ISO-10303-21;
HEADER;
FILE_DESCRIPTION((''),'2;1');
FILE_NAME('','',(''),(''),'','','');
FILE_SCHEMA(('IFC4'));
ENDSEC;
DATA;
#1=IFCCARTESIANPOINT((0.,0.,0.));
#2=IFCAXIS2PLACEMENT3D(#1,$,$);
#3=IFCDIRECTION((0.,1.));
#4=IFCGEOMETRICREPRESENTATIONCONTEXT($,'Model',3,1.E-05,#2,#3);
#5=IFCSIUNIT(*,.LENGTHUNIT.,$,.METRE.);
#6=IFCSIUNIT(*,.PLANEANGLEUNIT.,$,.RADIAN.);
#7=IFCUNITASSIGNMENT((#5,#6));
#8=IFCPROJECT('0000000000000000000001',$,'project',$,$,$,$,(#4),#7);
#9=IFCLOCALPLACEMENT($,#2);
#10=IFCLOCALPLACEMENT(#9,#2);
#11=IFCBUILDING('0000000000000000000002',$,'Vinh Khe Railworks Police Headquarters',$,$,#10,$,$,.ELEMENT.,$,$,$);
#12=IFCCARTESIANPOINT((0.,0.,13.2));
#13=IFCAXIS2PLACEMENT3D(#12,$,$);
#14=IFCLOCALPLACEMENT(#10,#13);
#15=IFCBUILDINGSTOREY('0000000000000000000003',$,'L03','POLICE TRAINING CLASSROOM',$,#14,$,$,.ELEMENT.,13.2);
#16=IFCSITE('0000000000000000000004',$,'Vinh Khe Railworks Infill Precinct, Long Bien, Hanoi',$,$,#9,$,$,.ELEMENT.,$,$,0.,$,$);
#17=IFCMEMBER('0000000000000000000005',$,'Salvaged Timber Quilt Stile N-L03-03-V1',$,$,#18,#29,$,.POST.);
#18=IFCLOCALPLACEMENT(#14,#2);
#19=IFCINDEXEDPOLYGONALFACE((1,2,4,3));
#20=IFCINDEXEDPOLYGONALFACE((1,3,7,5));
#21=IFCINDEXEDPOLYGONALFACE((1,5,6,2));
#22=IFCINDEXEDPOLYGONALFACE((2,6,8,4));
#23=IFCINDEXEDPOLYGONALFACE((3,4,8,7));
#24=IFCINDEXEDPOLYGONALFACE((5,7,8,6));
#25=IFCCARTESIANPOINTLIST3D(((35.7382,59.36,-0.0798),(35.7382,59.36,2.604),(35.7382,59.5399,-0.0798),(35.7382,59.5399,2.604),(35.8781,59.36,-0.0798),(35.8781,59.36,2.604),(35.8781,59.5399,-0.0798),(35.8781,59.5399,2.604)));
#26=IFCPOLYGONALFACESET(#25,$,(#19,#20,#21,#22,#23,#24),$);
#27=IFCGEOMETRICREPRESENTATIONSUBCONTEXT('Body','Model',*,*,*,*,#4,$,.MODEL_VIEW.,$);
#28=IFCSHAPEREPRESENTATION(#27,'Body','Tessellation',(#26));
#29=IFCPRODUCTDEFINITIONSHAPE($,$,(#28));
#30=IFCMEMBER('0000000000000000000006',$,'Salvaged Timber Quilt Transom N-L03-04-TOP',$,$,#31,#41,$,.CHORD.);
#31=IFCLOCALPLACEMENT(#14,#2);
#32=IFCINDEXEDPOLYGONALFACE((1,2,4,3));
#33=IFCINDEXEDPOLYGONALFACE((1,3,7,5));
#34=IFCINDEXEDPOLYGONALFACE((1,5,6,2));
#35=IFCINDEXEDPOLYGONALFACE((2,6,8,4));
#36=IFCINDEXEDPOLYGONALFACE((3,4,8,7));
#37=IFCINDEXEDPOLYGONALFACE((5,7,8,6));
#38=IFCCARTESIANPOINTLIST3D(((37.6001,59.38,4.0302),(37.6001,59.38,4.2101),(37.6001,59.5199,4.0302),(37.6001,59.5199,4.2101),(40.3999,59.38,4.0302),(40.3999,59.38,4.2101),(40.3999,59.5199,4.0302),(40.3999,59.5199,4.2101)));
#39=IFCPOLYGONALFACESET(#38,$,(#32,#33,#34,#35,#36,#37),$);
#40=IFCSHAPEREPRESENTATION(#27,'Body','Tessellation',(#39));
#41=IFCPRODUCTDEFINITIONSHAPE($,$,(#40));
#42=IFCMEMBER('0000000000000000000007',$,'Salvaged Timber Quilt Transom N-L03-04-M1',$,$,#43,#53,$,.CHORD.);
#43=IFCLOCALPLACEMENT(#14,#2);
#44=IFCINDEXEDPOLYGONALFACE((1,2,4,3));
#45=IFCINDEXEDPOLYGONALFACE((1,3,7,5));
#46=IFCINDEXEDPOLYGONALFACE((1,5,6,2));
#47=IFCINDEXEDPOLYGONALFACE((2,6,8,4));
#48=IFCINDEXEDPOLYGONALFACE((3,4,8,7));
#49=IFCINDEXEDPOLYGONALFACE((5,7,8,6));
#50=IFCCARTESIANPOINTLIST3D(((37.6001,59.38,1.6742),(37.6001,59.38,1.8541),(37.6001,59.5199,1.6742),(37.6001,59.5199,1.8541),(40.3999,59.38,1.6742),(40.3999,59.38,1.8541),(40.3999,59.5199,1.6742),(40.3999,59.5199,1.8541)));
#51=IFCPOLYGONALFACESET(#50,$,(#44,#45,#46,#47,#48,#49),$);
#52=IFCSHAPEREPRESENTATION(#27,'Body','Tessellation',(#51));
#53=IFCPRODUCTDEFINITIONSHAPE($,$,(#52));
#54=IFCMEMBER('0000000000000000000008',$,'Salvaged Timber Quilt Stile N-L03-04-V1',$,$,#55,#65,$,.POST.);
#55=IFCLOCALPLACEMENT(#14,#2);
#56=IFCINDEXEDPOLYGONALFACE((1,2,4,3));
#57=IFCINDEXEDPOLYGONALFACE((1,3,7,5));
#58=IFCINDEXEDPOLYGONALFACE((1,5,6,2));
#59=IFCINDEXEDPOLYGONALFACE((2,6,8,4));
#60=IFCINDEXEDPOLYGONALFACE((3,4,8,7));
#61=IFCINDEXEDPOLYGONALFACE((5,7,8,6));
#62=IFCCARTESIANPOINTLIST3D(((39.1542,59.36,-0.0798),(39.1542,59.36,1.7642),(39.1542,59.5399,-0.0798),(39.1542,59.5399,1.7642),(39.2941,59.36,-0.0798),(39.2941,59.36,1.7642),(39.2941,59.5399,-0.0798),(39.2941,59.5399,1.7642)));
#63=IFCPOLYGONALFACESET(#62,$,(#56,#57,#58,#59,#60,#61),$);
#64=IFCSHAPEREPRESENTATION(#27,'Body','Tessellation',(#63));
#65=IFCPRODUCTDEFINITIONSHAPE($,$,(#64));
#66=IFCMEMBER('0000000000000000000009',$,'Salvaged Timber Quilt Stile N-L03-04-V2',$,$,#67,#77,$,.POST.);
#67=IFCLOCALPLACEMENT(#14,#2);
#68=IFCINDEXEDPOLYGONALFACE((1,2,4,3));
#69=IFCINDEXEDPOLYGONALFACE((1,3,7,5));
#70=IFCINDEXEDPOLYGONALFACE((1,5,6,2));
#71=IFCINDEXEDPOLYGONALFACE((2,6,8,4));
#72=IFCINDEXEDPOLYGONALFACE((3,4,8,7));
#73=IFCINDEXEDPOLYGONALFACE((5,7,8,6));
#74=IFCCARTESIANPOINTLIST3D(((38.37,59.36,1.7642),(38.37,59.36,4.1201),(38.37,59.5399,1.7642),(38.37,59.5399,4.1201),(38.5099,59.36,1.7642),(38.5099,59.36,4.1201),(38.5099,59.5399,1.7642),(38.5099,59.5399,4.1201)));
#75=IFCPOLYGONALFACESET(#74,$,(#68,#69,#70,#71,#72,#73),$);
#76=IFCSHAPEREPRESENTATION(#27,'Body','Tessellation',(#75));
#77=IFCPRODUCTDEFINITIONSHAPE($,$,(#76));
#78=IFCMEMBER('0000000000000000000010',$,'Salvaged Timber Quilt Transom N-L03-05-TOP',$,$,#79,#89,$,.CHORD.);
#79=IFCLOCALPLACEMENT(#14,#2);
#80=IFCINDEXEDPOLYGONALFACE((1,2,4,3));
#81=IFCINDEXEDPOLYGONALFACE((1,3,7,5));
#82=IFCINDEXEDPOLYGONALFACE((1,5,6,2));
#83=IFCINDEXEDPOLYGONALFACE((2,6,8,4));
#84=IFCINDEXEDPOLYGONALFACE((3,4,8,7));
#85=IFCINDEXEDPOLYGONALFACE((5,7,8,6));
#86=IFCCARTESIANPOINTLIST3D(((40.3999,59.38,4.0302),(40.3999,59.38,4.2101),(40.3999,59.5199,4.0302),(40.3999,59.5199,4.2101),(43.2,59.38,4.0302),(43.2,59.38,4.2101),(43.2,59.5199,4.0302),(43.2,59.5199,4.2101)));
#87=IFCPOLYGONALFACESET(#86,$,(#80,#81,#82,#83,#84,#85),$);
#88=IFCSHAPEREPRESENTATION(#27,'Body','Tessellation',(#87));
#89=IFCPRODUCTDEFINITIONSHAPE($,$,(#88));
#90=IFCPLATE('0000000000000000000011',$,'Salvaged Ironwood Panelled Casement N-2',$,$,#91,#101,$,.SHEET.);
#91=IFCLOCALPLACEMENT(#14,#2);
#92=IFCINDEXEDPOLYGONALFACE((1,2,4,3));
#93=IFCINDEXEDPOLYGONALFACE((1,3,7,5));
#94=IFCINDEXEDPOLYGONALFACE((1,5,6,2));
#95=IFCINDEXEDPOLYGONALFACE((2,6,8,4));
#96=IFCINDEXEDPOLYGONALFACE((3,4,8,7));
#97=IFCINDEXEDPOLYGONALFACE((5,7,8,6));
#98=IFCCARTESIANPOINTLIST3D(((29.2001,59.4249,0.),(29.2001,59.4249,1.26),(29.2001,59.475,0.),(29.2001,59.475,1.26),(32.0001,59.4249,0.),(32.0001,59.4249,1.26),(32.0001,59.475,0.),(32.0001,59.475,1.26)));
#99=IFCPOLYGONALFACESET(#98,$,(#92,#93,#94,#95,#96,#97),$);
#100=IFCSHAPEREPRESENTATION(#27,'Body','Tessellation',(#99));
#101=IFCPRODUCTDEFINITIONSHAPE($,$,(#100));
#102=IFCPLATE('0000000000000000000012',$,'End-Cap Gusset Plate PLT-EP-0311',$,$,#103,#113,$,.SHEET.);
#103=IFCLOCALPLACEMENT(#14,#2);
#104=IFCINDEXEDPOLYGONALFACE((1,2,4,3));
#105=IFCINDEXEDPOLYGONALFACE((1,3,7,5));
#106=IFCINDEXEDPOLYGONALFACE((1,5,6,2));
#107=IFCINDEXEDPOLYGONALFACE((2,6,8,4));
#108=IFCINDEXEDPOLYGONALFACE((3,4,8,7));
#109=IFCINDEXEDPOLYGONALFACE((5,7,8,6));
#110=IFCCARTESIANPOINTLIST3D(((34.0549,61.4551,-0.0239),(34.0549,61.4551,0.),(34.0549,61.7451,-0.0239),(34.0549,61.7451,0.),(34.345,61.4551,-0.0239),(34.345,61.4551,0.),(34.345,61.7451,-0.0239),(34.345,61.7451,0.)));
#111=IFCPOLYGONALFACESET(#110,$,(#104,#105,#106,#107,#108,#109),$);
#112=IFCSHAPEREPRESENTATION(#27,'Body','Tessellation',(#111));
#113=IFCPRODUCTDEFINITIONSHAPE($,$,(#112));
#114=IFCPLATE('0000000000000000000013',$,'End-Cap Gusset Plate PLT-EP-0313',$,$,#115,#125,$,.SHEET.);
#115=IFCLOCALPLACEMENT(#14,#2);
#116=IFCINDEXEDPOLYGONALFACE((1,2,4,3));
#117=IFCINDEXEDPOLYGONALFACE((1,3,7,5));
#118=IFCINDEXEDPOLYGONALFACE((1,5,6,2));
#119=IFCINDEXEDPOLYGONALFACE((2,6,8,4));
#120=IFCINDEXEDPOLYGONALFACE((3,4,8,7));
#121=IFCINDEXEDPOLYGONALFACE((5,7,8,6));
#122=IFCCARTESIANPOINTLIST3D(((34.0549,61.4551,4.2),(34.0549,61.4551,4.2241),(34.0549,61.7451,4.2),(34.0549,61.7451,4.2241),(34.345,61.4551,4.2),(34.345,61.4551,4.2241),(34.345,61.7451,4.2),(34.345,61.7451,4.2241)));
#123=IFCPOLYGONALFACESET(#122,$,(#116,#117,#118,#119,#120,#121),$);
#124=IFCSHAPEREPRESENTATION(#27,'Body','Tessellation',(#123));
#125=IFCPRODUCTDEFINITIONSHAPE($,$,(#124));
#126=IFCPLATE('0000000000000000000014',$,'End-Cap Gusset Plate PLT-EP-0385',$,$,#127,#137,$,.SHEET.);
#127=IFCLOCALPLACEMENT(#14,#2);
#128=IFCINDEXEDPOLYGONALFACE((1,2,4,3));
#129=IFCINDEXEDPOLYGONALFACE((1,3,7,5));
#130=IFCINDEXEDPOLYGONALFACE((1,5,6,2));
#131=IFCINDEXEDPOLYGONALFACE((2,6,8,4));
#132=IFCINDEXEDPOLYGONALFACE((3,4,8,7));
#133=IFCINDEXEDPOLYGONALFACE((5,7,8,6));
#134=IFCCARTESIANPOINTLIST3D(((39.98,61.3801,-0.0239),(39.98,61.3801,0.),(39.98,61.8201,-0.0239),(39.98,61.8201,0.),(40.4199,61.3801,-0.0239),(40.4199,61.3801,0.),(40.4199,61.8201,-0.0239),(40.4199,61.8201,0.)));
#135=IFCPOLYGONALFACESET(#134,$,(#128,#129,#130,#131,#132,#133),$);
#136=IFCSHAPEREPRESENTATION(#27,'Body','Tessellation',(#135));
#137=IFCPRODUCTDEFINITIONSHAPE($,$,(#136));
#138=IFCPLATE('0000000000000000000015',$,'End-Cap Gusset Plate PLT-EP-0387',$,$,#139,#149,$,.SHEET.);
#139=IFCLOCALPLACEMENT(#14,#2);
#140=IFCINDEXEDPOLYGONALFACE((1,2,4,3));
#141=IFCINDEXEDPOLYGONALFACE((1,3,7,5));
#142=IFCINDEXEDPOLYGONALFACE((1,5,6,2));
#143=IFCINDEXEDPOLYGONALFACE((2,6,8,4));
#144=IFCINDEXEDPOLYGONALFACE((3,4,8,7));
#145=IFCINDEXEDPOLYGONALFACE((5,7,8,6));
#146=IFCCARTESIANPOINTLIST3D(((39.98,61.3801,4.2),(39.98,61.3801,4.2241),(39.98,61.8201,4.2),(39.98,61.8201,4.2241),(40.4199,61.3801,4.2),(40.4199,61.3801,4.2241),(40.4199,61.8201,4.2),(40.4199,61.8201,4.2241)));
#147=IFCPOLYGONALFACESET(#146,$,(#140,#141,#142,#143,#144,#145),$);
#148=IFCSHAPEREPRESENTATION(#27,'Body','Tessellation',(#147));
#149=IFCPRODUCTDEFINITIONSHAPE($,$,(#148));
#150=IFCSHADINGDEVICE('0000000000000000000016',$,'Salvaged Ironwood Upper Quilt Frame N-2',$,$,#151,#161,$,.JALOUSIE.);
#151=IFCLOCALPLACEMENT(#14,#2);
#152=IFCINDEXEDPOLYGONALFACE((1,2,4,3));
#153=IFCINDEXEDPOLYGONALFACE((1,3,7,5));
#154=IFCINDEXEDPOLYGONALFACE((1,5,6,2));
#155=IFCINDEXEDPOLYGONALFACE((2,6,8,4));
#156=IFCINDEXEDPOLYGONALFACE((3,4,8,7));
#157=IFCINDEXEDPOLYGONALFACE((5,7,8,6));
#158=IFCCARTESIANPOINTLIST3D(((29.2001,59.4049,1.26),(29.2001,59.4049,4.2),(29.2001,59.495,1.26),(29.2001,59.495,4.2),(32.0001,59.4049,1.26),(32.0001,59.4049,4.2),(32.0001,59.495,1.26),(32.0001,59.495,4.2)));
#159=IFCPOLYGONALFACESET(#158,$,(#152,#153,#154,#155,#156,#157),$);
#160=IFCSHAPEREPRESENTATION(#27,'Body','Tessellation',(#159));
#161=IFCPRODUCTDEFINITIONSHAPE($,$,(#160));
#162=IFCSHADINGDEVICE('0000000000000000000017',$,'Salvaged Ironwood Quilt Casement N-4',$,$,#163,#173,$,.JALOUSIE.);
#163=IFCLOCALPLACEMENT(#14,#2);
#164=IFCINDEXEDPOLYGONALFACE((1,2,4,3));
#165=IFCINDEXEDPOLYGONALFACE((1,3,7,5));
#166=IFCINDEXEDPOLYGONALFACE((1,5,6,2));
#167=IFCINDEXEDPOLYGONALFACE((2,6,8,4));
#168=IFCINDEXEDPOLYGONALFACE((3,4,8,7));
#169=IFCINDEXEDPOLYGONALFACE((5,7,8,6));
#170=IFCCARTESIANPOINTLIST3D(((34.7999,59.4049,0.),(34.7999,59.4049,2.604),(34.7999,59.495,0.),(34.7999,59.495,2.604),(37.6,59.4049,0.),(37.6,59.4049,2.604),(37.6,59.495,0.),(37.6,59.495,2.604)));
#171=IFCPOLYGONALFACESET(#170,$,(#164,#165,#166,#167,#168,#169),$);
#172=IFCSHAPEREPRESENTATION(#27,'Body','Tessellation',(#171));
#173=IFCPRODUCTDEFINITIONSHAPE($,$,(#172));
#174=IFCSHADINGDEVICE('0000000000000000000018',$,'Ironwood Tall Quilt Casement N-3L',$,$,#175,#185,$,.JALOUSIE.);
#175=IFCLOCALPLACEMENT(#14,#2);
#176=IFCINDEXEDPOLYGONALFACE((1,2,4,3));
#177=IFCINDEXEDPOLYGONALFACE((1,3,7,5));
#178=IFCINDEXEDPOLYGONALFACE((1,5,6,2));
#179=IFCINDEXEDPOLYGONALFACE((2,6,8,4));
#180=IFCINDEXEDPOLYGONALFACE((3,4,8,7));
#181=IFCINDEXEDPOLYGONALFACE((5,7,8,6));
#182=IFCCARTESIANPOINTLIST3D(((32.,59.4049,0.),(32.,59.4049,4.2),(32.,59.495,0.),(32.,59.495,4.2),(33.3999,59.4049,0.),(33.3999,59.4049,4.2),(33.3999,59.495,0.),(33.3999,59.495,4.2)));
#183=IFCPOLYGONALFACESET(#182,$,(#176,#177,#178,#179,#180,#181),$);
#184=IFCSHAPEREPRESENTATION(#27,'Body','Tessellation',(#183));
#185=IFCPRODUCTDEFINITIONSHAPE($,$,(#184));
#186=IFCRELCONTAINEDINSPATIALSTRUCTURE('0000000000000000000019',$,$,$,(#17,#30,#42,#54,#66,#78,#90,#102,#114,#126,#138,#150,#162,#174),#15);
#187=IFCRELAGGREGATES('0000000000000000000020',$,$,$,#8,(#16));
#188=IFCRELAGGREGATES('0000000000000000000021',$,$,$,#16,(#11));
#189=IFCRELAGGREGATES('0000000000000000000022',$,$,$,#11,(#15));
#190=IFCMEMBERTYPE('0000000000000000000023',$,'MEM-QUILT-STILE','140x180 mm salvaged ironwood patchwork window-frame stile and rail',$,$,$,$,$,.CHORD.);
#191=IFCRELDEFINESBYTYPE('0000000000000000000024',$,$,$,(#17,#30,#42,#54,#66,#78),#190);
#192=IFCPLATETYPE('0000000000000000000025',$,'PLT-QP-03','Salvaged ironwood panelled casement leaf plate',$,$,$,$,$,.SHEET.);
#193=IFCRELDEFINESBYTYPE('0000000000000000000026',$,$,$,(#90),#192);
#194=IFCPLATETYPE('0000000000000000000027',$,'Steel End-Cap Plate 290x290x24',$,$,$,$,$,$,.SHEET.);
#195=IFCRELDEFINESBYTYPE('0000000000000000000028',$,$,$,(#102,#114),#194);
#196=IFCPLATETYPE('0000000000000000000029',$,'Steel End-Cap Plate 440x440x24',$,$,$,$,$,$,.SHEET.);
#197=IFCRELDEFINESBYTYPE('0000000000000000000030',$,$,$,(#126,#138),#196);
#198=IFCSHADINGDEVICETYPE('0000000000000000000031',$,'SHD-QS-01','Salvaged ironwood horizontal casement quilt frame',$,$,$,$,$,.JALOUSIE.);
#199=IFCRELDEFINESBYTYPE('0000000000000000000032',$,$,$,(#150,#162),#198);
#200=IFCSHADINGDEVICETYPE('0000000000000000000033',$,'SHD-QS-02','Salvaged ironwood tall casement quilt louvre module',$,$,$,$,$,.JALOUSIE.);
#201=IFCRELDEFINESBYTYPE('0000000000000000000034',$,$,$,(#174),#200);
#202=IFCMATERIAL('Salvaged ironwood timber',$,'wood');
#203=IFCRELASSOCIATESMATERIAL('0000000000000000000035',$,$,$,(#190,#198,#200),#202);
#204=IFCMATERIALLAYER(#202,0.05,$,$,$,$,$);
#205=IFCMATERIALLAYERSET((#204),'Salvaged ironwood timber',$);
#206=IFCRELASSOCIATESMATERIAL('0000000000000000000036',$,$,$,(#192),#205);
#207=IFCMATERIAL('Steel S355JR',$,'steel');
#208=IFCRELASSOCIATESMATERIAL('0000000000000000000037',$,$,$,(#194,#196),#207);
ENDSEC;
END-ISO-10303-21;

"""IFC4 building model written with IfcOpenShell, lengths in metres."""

from ifc_helpers import new_model, si_unit, direction, frame, origin, origin_2d, place, context, subcontext, project, spatial, rectangle, extrude, material, layer, layer_set, material_profile, profile_set, type_object, element, save


model = new_model("IFC4")

# Units and contexts
model_context = context("Model", 3, precision=1e-05, world=origin(), true_north=direction((0.0, 1.0)))
body_context = subcontext(model_context, "Body", "Model", "MODEL_VIEW")
ifc_project = project(units=[si_unit("LENGTHUNIT", "METRE"), si_unit("PLANEANGLEUNIT", "RADIAN")], contexts=[model_context])

# Site, building, storey
site_placement = place(None, origin())
site = spatial("IfcSite", under=ifc_project, at=site_placement, Name="Vinh Khe Railworks Infill Precinct, Long Bien, Hanoi", CompositionType="ELEMENT", RefElevation=0.0)
building_placement = place(site_placement, origin())
building = spatial("IfcBuilding", under=site, at=building_placement, Name="Vinh Khe Railworks Police Headquarters", CompositionType="ELEMENT")
storey_placement = place(building_placement, frame((0.0, 0.0, 13.2)))
storey = spatial("IfcBuildingStorey", under=building, at=storey_placement, Name="L03", Description="POLICE TRAINING CLASSROOM", CompositionType="ELEMENT", Elevation=13.2)

# Shared definitions
ifc_material_1 = material(Name="Steel S355JR", Category="steel")

# Members
ifc_material_2 = material(Name="Salvaged ironwood timber", Category="wood")
ifc_material_profile_1 = material_profile(ifc_material_2, rectangle(XDim=0.1399, YDim=0.1799, at=origin_2d()), Name="TIMBER 140x180")
ifc_profile_set_1 = profile_set([ifc_material_profile_1], Name="Salvaged ironwood timber")
member_type = type_object("IfcMemberType", Name="MEM-QUILT-STILE", Description="140x180 mm salvaged ironwood patchwork window-frame stile and rail", PredefinedType="CHORD", material=ifc_profile_set_1)
member_1_placement = place(storey_placement, frame((35.8081, 59.45, -0.0798), z_axis=(0.0, 0.0, 1.0), x_axis=(1.0, 0.0, 0.0)))
element("IfcMember", 1, at=member_1_placement, inside=storey, type_object=member_type, Name="Salvaged Timber Quilt Stile N-L03-03-V1", PredefinedType="POST", context=body_context, shape_type="SweptSolid", body=[
    extrude(rectangle(XDim=0.1399, YDim=0.1799, at=origin_2d()), origin(), (0.0, 0.0, 1.0), 2.6838),
])
for number, where, z_axis, x_axis, name in (
    (2, (37.6001, 59.45, 4.1201), (1.0, 0.0, 0.0), (0.0, 1.0, 0.0), "Salvaged Timber Quilt Transom N-L03-04-TOP"),
    (3, (37.6001, 59.45, 1.7642), (1.0, 0.0, 0.0), (0.0, 1.0, 0.0), "Salvaged Timber Quilt Transom N-L03-04-M1"),
):
    element("IfcMember", number, at=place(storey_placement, frame(where, z_axis=z_axis, x_axis=x_axis)), inside=storey, type_object=member_type, Name=name, PredefinedType="CHORD", context=body_context, shape_type="SweptSolid", body=[
        extrude(rectangle(XDim=0.1399, YDim=0.1799, at=origin_2d()), origin(), (0.0, 0.0, 1.0), 2.7998),
    ])
member_2_placement = place(storey_placement, frame((39.2241, 59.45, -0.0798), z_axis=(0.0, 0.0, 1.0), x_axis=(1.0, 0.0, 0.0)))
element("IfcMember", 4, at=member_2_placement, inside=storey, type_object=member_type, Name="Salvaged Timber Quilt Stile N-L03-04-V1", PredefinedType="POST", context=body_context, shape_type="SweptSolid", body=[
    extrude(rectangle(XDim=0.1399, YDim=0.1799, at=origin_2d()), origin(), (0.0, 0.0, 1.0), 1.844),
])
member_3_placement = place(storey_placement, frame((38.4399, 59.45, 1.7642), z_axis=(0.0, 0.0, 1.0), x_axis=(1.0, 0.0, 0.0)))
element("IfcMember", 5, at=member_3_placement, inside=storey, type_object=member_type, Name="Salvaged Timber Quilt Stile N-L03-04-V2", PredefinedType="POST", context=body_context, shape_type="SweptSolid", body=[
    extrude(rectangle(XDim=0.1399, YDim=0.1799, at=origin_2d()), origin(), (0.0, 0.0, 1.0), 2.356),
])
member_4_placement = place(storey_placement, frame((40.3999, 59.45, 4.1201), z_axis=(1.0, 0.0, 0.0), x_axis=(0.0, 1.0, 0.0)))
element("IfcMember", 6, at=member_4_placement, inside=storey, type_object=member_type, Name="Salvaged Timber Quilt Transom N-L03-05-TOP", PredefinedType="CHORD", context=body_context, shape_type="SweptSolid", body=[
    extrude(rectangle(XDim=0.1399, YDim=0.1799, at=origin_2d()), origin(), (0.0, 0.0, 1.0), 2.8),
])

# Plates
ifc_layer = layer(ifc_material_2, 0.05)
ifc_layer_set = layer_set([ifc_layer], Name="Salvaged ironwood timber")
plate_type_1 = type_object("IfcPlateType", Name="PLT-QP-03", Description="Salvaged ironwood panelled casement leaf plate", PredefinedType="SHEET", material=ifc_layer_set)
plate_1_placement = place(storey_placement, frame((30.6001, 59.45, 0.0), z_axis=(0.0, 0.0, 1.0), x_axis=(1.0, 0.0, 0.0)))
element("IfcPlate", 7, at=plate_1_placement, inside=storey, type_object=plate_type_1, Name="Salvaged Ironwood Panelled Casement N-2", PredefinedType="SHEET", context=body_context, shape_type="SweptSolid", body=[
    extrude(rectangle(XDim=2.8, YDim=0.05, at=origin_2d()), origin(), (0.0, 0.0, 1.0), 1.26),
])
ifc_material_profile_2 = material_profile(ifc_material_1, rectangle(XDim=0.29, YDim=0.29, at=origin_2d()), Name="PL 290x290")
ifc_profile_set_2 = profile_set([ifc_material_profile_2], Name="Steel S355JR")
plate_type_2 = type_object("IfcPlateType", Name="Steel End-Cap Plate 290x290x24", PredefinedType="SHEET", material=ifc_profile_set_2)
plate_2_placement = place(storey_placement, frame((34.2, 61.6001, 0.0), z_axis=(0.0, 0.0, -1.0), x_axis=(1.0, 0.0, 0.0)))
element("IfcPlate", 8, at=plate_2_placement, inside=storey, type_object=plate_type_2, Name="End-Cap Gusset Plate PLT-EP-0311", PredefinedType="SHEET", context=body_context, shape_type="SweptSolid", body=[
    extrude(rectangle(XDim=0.29, YDim=0.29, at=origin_2d()), origin(), (0.0, 0.0, 1.0), 0.0239),
])
plate_3_placement = place(storey_placement, frame((34.2, 61.6001, 4.2), z_axis=(0.0, 0.0, 1.0), x_axis=(1.0, 0.0, 0.0)))
element("IfcPlate", 9, at=plate_3_placement, inside=storey, type_object=plate_type_2, Name="End-Cap Gusset Plate PLT-EP-0313", PredefinedType="SHEET", context=body_context, shape_type="SweptSolid", body=[
    extrude(rectangle(XDim=0.29, YDim=0.29, at=origin_2d()), origin(), (0.0, 0.0, 1.0), 0.0242),
])
ifc_material_profile_3 = material_profile(ifc_material_1, rectangle(XDim=0.4399, YDim=0.4399, at=origin_2d()), Name="PL 440x440")
ifc_profile_set_3 = profile_set([ifc_material_profile_3], Name="Steel S355JR")
plate_type_3 = type_object("IfcPlateType", Name="Steel End-Cap Plate 440x440x24", PredefinedType="SHEET", material=ifc_profile_set_3)
plate_4_placement = place(storey_placement, frame((40.2, 61.6001, 0.0), z_axis=(0.0, 0.0, -1.0), x_axis=(1.0, 0.0, 0.0)))
element("IfcPlate", 10, at=plate_4_placement, inside=storey, type_object=plate_type_3, Name="End-Cap Gusset Plate PLT-EP-0385", PredefinedType="SHEET", context=body_context, shape_type="SweptSolid", body=[
    extrude(rectangle(XDim=0.4399, YDim=0.4399, at=origin_2d()), origin(), (0.0, 0.0, 1.0), 0.0239),
])
plate_5_placement = place(storey_placement, frame((40.2, 61.6001, 4.2), z_axis=(0.0, 0.0, 1.0), x_axis=(1.0, 0.0, 0.0)))
element("IfcPlate", 11, at=plate_5_placement, inside=storey, type_object=plate_type_3, Name="End-Cap Gusset Plate PLT-EP-0387", PredefinedType="SHEET", context=body_context, shape_type="SweptSolid", body=[
    extrude(rectangle(XDim=0.4399, YDim=0.4399, at=origin_2d()), origin(), (0.0, 0.0, 1.0), 0.0242),
])

# Shading devices
shading_device_type_1 = type_object("IfcShadingDeviceType", Name="SHD-QS-01", Description="Salvaged ironwood horizontal casement quilt frame", PredefinedType="JALOUSIE", material=ifc_material_2)
shading_device_1_placement = place(storey_placement, frame((30.6001, 59.45, 1.26), z_axis=(0.0, 0.0, 1.0), x_axis=(1.0, 0.0, 0.0)))
element("IfcShadingDevice", 12, at=shading_device_1_placement, inside=storey, type_object=shading_device_type_1, Name="Salvaged Ironwood Upper Quilt Frame N-2", PredefinedType="JALOUSIE", context=body_context, shape_type="SweptSolid", body=[
    extrude(rectangle(XDim=2.8, YDim=0.0901, at=origin_2d()), origin(), (0.0, 0.0, 1.0), 2.9399),
])
shading_device_2_placement = place(storey_placement, frame((36.2, 59.45, 0.0), z_axis=(0.0, 0.0, 1.0), x_axis=(1.0, 0.0, 0.0)))
element("IfcShadingDevice", 13, at=shading_device_2_placement, inside=storey, type_object=shading_device_type_1, Name="Salvaged Ironwood Quilt Casement N-4", PredefinedType="JALOUSIE", context=body_context, shape_type="SweptSolid", body=[
    extrude(rectangle(XDim=2.8, YDim=0.0901, at=origin_2d()), origin(), (0.0, 0.0, 1.0), 2.604),
])
shading_device_type_2 = type_object("IfcShadingDeviceType", Name="SHD-QS-02", Description="Salvaged ironwood tall casement quilt louvre module", PredefinedType="JALOUSIE", material=ifc_material_2)
shading_device_3_placement = place(storey_placement, frame((32.7, 59.45, 0.0), z_axis=(0.0, 0.0, 1.0), x_axis=(1.0, 0.0, 0.0)))
element("IfcShadingDevice", 14, at=shading_device_3_placement, inside=storey, type_object=shading_device_type_2, Name="Ironwood Tall Quilt Casement N-3L", PredefinedType="JALOUSIE", context=body_context, shape_type="SweptSolid", body=[
    extrude(rectangle(XDim=1.3999, YDim=0.0901, at=origin_2d()), origin(), (0.0, 0.0, 1.0), 4.2),
])

save(model, "model.ifc")
